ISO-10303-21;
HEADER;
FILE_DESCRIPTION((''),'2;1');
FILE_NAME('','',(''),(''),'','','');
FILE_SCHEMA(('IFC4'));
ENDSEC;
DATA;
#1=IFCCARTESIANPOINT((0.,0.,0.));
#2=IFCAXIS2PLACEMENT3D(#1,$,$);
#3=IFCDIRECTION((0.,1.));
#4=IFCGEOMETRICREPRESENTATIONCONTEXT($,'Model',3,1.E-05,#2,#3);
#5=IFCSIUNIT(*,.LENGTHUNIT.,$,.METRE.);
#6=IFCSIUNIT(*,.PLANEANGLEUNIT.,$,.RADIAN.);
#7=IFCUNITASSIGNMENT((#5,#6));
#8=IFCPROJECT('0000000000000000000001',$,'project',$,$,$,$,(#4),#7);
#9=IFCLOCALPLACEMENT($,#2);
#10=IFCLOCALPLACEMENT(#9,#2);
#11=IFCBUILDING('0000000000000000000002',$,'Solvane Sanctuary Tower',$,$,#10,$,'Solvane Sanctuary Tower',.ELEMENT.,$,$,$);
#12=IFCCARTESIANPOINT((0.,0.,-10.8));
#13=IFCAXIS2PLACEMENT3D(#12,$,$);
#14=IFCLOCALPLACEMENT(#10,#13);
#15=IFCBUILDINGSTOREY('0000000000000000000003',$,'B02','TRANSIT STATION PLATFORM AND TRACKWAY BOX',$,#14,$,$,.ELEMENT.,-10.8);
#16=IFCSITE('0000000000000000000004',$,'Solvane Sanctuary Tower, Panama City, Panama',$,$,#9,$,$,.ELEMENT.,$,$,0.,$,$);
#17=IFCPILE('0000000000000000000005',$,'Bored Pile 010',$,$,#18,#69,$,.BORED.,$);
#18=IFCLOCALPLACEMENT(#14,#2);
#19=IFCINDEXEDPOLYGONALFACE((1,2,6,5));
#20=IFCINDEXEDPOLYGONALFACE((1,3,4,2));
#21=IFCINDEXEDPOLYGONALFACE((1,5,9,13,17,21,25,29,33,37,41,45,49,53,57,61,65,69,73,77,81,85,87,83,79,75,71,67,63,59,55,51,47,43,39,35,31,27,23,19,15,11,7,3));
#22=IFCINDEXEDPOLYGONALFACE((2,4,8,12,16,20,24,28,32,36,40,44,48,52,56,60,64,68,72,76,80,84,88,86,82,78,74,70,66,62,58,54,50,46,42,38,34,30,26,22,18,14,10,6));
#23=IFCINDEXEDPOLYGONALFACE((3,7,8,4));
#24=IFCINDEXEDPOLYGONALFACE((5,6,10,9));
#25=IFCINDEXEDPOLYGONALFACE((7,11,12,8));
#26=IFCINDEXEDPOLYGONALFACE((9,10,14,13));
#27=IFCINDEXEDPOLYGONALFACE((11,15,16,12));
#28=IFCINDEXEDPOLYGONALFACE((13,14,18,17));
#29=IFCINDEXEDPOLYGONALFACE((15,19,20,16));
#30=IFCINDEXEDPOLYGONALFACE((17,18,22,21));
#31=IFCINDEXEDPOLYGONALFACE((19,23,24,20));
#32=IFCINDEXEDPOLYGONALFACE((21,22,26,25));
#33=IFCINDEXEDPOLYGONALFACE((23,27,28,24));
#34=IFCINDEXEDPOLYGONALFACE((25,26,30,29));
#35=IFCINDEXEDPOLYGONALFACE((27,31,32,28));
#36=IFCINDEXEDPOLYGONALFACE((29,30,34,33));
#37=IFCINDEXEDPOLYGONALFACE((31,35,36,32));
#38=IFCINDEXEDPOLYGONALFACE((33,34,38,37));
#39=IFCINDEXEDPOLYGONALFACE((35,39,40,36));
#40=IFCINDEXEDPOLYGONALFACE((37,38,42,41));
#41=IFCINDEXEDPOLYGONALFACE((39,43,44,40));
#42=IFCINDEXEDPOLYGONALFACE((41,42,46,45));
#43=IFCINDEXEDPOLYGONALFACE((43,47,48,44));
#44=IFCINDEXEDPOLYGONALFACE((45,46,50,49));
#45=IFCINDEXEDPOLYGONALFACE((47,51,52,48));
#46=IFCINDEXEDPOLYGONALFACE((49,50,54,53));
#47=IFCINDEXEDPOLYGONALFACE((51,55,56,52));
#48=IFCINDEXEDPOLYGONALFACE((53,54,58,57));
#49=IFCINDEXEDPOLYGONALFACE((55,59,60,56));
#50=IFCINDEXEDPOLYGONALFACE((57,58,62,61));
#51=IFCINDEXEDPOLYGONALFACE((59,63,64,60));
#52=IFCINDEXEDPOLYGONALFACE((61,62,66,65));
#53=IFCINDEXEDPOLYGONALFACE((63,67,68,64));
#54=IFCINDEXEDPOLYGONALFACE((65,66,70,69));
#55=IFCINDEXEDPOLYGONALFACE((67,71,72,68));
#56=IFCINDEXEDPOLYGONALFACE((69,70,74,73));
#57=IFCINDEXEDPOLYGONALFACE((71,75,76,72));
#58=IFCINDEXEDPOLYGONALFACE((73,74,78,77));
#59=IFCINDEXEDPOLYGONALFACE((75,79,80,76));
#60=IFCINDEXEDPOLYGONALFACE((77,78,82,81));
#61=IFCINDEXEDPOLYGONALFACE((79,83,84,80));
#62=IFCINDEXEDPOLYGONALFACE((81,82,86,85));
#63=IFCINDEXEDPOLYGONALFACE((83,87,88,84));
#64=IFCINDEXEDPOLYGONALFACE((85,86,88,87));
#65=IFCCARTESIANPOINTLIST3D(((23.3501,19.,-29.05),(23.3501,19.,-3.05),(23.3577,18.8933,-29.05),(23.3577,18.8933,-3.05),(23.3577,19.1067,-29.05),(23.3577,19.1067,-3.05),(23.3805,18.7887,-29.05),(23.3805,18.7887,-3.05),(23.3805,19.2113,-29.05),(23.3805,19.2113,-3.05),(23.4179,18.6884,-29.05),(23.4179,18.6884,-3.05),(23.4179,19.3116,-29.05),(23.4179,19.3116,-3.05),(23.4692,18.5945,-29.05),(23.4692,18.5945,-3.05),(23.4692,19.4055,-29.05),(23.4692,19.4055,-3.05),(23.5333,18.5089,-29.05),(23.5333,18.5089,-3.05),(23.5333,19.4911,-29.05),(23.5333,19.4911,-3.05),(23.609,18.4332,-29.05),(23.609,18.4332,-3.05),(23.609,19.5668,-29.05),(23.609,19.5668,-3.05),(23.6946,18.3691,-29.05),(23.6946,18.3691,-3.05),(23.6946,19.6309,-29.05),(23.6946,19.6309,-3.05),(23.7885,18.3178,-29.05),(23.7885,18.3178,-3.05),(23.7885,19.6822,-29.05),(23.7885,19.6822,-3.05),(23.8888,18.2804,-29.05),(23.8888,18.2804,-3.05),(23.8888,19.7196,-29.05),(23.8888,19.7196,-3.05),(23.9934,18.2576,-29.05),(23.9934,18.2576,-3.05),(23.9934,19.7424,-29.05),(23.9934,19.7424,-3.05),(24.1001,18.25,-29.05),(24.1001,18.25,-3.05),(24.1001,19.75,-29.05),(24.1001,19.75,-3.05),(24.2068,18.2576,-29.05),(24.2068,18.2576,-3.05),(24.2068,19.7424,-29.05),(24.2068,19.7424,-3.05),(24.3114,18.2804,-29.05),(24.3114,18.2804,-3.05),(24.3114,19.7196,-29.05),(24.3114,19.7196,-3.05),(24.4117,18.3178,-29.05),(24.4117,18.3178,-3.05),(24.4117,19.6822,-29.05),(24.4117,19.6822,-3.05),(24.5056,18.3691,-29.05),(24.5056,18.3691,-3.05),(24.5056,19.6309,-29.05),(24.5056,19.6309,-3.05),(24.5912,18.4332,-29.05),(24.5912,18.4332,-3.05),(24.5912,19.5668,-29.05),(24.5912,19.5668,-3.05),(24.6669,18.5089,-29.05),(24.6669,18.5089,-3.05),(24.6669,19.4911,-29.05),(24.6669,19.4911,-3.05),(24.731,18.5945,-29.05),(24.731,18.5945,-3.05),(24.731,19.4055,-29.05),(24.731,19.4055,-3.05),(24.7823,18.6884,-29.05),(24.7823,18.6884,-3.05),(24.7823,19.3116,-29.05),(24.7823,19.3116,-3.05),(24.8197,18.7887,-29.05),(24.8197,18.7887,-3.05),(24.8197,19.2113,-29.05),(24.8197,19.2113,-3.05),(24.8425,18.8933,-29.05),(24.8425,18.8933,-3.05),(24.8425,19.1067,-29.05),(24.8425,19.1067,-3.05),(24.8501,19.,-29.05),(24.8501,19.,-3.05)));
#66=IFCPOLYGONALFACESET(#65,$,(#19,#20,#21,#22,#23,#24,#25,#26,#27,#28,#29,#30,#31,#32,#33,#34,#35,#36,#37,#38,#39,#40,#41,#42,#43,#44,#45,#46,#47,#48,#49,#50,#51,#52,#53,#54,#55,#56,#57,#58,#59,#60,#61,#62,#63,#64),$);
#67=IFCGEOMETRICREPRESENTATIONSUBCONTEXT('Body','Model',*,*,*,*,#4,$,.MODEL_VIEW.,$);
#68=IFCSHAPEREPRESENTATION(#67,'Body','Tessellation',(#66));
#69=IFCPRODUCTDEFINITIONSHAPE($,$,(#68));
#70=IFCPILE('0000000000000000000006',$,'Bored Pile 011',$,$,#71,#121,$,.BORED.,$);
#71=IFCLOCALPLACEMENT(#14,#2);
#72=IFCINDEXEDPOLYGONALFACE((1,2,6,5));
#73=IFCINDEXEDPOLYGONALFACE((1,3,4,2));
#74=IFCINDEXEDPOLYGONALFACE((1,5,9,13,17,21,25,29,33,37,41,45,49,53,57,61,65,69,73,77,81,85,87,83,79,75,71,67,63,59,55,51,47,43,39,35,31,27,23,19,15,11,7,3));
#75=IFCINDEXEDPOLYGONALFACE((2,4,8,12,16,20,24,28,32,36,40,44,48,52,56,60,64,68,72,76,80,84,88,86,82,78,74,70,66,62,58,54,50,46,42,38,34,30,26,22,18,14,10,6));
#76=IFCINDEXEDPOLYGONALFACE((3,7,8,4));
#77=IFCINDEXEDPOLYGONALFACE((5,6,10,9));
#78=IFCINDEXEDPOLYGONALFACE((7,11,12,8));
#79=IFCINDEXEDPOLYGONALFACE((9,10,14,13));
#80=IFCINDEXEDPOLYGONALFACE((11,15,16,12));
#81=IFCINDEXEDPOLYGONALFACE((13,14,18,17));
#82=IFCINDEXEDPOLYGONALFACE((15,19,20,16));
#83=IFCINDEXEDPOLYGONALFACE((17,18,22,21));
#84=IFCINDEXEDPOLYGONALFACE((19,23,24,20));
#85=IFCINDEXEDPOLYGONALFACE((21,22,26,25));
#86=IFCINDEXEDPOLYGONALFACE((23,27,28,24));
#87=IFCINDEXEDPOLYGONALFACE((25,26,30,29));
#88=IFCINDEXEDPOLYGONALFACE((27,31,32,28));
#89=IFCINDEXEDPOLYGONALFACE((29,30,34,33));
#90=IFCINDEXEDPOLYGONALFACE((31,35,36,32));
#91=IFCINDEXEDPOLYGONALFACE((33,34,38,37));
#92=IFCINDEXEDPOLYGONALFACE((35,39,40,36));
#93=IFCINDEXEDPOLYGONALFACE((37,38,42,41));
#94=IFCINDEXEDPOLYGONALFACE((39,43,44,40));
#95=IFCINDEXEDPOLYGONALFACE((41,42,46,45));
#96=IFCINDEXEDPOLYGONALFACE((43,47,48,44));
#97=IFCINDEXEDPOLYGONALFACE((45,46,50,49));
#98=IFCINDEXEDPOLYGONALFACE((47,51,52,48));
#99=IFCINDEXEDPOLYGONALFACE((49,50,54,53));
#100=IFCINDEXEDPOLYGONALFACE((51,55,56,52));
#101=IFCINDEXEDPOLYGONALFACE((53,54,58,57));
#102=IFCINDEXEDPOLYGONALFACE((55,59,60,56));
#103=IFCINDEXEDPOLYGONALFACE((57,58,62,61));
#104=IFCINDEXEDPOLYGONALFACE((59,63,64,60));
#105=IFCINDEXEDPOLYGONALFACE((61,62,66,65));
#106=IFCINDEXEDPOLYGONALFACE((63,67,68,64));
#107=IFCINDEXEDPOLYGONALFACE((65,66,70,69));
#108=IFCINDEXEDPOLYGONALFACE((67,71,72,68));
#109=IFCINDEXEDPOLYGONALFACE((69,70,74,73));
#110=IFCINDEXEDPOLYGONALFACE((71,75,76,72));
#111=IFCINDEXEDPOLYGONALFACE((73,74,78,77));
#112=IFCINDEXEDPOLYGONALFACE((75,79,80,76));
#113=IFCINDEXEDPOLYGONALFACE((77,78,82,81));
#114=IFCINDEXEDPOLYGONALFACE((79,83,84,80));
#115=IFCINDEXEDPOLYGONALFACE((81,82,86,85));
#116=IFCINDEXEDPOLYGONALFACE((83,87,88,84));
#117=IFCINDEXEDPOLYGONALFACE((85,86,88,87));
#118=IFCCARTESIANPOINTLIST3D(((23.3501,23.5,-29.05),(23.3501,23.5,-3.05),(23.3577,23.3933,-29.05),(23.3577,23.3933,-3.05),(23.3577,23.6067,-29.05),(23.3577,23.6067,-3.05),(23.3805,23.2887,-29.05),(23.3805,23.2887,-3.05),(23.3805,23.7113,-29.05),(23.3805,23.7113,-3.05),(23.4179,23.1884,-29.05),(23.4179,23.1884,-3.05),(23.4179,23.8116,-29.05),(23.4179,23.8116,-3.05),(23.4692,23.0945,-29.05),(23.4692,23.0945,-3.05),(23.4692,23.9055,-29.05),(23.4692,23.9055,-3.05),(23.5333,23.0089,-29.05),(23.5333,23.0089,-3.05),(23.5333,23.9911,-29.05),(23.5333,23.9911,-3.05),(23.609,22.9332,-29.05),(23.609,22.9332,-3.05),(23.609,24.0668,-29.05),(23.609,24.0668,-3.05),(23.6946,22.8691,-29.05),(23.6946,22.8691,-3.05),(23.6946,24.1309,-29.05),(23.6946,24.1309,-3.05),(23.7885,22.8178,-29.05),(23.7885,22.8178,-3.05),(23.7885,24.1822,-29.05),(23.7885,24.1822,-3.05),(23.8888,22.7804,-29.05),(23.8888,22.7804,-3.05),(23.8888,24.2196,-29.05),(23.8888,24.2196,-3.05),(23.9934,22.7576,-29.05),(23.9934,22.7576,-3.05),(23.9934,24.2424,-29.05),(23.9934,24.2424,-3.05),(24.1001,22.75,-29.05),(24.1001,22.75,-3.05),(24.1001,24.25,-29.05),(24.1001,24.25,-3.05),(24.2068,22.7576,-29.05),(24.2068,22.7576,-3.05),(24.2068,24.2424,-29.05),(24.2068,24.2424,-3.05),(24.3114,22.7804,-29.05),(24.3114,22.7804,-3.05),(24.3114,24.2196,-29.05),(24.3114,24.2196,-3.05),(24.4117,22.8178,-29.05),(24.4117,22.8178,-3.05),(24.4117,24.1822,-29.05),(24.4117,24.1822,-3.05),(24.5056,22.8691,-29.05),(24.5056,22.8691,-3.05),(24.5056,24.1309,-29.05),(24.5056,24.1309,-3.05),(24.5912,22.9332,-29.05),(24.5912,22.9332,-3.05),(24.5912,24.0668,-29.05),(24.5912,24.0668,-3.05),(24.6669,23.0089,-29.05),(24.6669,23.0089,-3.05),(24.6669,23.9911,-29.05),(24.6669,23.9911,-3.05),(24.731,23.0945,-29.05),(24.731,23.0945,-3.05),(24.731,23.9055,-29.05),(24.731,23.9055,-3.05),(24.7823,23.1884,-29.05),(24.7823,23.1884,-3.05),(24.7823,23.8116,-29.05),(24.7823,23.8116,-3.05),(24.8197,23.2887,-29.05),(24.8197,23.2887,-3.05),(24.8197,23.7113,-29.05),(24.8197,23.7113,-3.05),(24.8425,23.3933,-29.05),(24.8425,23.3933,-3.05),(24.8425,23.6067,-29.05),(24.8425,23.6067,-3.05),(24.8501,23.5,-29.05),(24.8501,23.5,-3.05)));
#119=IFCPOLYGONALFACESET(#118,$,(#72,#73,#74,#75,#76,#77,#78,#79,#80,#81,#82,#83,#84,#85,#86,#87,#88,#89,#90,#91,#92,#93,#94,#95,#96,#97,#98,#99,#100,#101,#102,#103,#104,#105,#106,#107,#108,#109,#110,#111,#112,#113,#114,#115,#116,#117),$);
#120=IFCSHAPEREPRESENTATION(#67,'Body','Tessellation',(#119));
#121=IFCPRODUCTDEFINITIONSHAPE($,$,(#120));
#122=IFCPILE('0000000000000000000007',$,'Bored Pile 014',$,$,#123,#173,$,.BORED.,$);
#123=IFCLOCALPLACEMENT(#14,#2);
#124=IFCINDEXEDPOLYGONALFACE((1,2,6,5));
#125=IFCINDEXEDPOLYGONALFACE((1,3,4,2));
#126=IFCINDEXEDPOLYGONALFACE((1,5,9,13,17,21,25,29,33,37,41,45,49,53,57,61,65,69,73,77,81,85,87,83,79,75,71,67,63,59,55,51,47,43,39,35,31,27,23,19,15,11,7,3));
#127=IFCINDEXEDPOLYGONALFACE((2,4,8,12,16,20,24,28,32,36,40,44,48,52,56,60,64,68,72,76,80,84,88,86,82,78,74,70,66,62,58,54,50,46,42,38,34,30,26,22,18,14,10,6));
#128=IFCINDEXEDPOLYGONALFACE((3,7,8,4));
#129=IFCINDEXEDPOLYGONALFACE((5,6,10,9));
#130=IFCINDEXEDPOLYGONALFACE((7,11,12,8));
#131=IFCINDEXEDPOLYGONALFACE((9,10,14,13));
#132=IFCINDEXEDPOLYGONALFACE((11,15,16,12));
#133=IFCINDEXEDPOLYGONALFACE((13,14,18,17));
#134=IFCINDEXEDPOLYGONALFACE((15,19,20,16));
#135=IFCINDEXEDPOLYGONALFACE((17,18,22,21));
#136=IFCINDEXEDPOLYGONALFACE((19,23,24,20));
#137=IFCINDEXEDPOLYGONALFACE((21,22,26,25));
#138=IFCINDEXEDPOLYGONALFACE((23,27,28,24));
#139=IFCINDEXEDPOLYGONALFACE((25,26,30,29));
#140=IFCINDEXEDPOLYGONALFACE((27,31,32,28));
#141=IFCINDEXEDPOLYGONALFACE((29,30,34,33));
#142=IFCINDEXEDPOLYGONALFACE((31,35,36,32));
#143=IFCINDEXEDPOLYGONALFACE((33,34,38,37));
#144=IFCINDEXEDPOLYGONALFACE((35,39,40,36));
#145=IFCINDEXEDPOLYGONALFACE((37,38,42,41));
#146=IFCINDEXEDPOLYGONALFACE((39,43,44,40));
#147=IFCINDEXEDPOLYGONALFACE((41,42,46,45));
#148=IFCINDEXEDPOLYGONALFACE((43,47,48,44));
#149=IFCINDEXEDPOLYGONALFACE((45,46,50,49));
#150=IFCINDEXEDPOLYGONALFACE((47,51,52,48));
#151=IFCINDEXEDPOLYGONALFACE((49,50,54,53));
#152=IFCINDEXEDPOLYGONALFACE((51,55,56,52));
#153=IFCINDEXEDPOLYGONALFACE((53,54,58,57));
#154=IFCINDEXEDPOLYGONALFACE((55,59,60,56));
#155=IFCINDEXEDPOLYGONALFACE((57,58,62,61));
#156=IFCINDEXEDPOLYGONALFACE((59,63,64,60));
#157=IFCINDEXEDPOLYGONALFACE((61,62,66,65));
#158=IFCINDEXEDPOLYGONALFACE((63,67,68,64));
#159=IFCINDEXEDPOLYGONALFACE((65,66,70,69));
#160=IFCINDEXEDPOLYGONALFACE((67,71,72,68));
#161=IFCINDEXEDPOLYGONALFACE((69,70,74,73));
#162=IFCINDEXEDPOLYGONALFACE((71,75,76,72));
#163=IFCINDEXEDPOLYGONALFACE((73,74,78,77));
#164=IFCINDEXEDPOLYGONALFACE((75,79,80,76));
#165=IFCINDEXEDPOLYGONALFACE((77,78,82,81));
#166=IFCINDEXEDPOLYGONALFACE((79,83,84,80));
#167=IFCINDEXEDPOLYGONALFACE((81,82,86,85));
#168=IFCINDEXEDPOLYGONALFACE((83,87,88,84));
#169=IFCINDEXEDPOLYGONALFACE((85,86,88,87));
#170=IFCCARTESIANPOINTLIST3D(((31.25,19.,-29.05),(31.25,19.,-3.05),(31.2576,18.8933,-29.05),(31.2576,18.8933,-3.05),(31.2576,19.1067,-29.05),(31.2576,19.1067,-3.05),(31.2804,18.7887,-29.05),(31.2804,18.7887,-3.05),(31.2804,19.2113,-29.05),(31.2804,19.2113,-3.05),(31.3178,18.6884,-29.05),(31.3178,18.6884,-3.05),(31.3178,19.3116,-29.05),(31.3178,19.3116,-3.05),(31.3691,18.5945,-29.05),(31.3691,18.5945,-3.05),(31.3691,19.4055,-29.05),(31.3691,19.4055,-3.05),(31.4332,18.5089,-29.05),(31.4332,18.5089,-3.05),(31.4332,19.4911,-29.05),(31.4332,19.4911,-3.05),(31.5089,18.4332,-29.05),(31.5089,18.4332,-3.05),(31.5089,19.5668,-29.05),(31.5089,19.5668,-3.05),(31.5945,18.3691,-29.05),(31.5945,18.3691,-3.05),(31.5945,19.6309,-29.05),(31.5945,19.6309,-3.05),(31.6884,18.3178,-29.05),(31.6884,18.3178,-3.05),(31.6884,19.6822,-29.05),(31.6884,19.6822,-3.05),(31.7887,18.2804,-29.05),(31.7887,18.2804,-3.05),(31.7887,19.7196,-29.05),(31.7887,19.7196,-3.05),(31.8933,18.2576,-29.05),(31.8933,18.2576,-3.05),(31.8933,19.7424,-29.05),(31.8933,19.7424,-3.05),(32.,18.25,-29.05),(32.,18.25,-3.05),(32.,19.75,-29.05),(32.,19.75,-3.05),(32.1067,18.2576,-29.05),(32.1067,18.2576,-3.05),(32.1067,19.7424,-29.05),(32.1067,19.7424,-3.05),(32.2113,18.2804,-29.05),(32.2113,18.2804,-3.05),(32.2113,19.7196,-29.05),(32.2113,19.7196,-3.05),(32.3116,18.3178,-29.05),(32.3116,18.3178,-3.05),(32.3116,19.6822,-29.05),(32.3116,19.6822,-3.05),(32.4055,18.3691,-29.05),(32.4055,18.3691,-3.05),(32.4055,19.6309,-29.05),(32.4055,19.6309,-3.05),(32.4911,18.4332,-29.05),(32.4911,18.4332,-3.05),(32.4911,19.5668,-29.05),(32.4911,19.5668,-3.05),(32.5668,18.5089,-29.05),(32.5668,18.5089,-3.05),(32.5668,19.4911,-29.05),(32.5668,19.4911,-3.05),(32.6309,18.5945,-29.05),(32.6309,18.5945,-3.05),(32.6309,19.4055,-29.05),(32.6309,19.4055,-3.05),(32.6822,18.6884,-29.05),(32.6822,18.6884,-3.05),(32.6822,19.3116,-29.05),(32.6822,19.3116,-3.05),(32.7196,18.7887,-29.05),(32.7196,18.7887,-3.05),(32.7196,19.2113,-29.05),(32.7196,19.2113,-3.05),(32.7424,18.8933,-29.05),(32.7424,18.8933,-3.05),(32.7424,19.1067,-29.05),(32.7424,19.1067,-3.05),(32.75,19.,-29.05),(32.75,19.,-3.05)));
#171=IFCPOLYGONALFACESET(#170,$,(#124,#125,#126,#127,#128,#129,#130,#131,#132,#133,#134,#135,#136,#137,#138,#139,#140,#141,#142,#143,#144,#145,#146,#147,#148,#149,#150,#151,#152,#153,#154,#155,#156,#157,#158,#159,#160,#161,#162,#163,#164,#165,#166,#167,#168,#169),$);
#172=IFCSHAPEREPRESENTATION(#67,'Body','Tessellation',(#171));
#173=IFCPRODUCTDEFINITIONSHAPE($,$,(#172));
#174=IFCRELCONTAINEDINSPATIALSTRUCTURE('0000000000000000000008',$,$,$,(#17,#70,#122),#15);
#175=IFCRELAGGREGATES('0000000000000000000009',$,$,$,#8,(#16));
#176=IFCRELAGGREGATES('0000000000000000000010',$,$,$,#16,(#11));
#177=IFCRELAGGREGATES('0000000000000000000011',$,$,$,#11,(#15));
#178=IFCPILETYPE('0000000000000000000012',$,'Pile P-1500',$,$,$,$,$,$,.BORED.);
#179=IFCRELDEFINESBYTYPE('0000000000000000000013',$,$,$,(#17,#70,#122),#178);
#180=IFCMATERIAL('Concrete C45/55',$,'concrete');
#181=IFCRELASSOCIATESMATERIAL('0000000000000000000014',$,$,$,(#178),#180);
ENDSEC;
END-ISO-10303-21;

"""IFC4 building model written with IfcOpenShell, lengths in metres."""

from ifc_helpers import new_model, si_unit, direction, frame, origin, origin_2d, place, context, subcontext, project, spatial, circle, extrude, material, material_profile, profile_set, type_object, element, save


model = new_model("IFC4")

# Units and contexts
model_context = context("Model", 3, precision=1e-05, world=origin(), true_north=direction((0.0, 1.0)))
body_context = subcontext(model_context, "Body", "Model", "MODEL_VIEW")
ifc_project = project(units=[si_unit("LENGTHUNIT", "METRE"), si_unit("PLANEANGLEUNIT", "RADIAN")], contexts=[model_context])

# Site, building, storey
site_placement = place(None, origin())
site = spatial("IfcSite", under=ifc_project, at=site_placement, Name="Solvane Sanctuary Tower, Panama City, Panama", CompositionType="ELEMENT", RefElevation=0.0)
building_placement = place(site_placement, origin())
building = spatial("IfcBuilding", under=site, at=building_placement, Name="Solvane Sanctuary Tower", LongName="Solvane Sanctuary Tower", CompositionType="ELEMENT")
storey_placement = place(building_placement, frame((0.0, 0.0, -10.8)))
storey = spatial("IfcBuildingStorey", under=building, at=storey_placement, Name="B02", Description="TRANSIT STATION PLATFORM AND TRACKWAY BOX", CompositionType="ELEMENT", Elevation=-10.8)

# Piles
ifc_material_1 = material(Name="Concrete C45/55", Category="concrete")
ifc_material_profile_1 = material_profile(ifc_material_1, circle(Radius=0.75, at=origin_2d()), Name="PILE1500")
ifc_profile_set_1 = profile_set([ifc_material_profile_1], Name="Concrete C45/55")
pile_type = type_object("IfcPileType", Name="Pile P-1500", PredefinedType="BORED", material=ifc_profile_set_1)
for number, where, z_axis, x_axis, name in (
    (1, (24.1001, 19.0, -3.05), (0.0, 0.0, -1.0), (1.0, 0.0, 0.0), "Bored Pile 010"),
    (2, (24.1001, 23.5, -3.05), (0.0, 0.0, -1.0), (1.0, 0.0, 0.0), "Bored Pile 011"),
    (3, (32.0, 19.0, -3.05), (0.0, 0.0, -1.0), (1.0, 0.0, 0.0), "Bored Pile 014"),
):
    element("IfcPile", number, at=place(storey_placement, frame(where, z_axis=z_axis, x_axis=x_axis)), inside=storey, type_object=pile_type, Name=name, PredefinedType="BORED", context=body_context, shape_type="SweptSolid", body=[
        extrude(circle(Radius=0.75, at=origin_2d()), origin(), (0.0, 0.0, 1.0), 26.0),
    ])

save(model, "model.ifc")
